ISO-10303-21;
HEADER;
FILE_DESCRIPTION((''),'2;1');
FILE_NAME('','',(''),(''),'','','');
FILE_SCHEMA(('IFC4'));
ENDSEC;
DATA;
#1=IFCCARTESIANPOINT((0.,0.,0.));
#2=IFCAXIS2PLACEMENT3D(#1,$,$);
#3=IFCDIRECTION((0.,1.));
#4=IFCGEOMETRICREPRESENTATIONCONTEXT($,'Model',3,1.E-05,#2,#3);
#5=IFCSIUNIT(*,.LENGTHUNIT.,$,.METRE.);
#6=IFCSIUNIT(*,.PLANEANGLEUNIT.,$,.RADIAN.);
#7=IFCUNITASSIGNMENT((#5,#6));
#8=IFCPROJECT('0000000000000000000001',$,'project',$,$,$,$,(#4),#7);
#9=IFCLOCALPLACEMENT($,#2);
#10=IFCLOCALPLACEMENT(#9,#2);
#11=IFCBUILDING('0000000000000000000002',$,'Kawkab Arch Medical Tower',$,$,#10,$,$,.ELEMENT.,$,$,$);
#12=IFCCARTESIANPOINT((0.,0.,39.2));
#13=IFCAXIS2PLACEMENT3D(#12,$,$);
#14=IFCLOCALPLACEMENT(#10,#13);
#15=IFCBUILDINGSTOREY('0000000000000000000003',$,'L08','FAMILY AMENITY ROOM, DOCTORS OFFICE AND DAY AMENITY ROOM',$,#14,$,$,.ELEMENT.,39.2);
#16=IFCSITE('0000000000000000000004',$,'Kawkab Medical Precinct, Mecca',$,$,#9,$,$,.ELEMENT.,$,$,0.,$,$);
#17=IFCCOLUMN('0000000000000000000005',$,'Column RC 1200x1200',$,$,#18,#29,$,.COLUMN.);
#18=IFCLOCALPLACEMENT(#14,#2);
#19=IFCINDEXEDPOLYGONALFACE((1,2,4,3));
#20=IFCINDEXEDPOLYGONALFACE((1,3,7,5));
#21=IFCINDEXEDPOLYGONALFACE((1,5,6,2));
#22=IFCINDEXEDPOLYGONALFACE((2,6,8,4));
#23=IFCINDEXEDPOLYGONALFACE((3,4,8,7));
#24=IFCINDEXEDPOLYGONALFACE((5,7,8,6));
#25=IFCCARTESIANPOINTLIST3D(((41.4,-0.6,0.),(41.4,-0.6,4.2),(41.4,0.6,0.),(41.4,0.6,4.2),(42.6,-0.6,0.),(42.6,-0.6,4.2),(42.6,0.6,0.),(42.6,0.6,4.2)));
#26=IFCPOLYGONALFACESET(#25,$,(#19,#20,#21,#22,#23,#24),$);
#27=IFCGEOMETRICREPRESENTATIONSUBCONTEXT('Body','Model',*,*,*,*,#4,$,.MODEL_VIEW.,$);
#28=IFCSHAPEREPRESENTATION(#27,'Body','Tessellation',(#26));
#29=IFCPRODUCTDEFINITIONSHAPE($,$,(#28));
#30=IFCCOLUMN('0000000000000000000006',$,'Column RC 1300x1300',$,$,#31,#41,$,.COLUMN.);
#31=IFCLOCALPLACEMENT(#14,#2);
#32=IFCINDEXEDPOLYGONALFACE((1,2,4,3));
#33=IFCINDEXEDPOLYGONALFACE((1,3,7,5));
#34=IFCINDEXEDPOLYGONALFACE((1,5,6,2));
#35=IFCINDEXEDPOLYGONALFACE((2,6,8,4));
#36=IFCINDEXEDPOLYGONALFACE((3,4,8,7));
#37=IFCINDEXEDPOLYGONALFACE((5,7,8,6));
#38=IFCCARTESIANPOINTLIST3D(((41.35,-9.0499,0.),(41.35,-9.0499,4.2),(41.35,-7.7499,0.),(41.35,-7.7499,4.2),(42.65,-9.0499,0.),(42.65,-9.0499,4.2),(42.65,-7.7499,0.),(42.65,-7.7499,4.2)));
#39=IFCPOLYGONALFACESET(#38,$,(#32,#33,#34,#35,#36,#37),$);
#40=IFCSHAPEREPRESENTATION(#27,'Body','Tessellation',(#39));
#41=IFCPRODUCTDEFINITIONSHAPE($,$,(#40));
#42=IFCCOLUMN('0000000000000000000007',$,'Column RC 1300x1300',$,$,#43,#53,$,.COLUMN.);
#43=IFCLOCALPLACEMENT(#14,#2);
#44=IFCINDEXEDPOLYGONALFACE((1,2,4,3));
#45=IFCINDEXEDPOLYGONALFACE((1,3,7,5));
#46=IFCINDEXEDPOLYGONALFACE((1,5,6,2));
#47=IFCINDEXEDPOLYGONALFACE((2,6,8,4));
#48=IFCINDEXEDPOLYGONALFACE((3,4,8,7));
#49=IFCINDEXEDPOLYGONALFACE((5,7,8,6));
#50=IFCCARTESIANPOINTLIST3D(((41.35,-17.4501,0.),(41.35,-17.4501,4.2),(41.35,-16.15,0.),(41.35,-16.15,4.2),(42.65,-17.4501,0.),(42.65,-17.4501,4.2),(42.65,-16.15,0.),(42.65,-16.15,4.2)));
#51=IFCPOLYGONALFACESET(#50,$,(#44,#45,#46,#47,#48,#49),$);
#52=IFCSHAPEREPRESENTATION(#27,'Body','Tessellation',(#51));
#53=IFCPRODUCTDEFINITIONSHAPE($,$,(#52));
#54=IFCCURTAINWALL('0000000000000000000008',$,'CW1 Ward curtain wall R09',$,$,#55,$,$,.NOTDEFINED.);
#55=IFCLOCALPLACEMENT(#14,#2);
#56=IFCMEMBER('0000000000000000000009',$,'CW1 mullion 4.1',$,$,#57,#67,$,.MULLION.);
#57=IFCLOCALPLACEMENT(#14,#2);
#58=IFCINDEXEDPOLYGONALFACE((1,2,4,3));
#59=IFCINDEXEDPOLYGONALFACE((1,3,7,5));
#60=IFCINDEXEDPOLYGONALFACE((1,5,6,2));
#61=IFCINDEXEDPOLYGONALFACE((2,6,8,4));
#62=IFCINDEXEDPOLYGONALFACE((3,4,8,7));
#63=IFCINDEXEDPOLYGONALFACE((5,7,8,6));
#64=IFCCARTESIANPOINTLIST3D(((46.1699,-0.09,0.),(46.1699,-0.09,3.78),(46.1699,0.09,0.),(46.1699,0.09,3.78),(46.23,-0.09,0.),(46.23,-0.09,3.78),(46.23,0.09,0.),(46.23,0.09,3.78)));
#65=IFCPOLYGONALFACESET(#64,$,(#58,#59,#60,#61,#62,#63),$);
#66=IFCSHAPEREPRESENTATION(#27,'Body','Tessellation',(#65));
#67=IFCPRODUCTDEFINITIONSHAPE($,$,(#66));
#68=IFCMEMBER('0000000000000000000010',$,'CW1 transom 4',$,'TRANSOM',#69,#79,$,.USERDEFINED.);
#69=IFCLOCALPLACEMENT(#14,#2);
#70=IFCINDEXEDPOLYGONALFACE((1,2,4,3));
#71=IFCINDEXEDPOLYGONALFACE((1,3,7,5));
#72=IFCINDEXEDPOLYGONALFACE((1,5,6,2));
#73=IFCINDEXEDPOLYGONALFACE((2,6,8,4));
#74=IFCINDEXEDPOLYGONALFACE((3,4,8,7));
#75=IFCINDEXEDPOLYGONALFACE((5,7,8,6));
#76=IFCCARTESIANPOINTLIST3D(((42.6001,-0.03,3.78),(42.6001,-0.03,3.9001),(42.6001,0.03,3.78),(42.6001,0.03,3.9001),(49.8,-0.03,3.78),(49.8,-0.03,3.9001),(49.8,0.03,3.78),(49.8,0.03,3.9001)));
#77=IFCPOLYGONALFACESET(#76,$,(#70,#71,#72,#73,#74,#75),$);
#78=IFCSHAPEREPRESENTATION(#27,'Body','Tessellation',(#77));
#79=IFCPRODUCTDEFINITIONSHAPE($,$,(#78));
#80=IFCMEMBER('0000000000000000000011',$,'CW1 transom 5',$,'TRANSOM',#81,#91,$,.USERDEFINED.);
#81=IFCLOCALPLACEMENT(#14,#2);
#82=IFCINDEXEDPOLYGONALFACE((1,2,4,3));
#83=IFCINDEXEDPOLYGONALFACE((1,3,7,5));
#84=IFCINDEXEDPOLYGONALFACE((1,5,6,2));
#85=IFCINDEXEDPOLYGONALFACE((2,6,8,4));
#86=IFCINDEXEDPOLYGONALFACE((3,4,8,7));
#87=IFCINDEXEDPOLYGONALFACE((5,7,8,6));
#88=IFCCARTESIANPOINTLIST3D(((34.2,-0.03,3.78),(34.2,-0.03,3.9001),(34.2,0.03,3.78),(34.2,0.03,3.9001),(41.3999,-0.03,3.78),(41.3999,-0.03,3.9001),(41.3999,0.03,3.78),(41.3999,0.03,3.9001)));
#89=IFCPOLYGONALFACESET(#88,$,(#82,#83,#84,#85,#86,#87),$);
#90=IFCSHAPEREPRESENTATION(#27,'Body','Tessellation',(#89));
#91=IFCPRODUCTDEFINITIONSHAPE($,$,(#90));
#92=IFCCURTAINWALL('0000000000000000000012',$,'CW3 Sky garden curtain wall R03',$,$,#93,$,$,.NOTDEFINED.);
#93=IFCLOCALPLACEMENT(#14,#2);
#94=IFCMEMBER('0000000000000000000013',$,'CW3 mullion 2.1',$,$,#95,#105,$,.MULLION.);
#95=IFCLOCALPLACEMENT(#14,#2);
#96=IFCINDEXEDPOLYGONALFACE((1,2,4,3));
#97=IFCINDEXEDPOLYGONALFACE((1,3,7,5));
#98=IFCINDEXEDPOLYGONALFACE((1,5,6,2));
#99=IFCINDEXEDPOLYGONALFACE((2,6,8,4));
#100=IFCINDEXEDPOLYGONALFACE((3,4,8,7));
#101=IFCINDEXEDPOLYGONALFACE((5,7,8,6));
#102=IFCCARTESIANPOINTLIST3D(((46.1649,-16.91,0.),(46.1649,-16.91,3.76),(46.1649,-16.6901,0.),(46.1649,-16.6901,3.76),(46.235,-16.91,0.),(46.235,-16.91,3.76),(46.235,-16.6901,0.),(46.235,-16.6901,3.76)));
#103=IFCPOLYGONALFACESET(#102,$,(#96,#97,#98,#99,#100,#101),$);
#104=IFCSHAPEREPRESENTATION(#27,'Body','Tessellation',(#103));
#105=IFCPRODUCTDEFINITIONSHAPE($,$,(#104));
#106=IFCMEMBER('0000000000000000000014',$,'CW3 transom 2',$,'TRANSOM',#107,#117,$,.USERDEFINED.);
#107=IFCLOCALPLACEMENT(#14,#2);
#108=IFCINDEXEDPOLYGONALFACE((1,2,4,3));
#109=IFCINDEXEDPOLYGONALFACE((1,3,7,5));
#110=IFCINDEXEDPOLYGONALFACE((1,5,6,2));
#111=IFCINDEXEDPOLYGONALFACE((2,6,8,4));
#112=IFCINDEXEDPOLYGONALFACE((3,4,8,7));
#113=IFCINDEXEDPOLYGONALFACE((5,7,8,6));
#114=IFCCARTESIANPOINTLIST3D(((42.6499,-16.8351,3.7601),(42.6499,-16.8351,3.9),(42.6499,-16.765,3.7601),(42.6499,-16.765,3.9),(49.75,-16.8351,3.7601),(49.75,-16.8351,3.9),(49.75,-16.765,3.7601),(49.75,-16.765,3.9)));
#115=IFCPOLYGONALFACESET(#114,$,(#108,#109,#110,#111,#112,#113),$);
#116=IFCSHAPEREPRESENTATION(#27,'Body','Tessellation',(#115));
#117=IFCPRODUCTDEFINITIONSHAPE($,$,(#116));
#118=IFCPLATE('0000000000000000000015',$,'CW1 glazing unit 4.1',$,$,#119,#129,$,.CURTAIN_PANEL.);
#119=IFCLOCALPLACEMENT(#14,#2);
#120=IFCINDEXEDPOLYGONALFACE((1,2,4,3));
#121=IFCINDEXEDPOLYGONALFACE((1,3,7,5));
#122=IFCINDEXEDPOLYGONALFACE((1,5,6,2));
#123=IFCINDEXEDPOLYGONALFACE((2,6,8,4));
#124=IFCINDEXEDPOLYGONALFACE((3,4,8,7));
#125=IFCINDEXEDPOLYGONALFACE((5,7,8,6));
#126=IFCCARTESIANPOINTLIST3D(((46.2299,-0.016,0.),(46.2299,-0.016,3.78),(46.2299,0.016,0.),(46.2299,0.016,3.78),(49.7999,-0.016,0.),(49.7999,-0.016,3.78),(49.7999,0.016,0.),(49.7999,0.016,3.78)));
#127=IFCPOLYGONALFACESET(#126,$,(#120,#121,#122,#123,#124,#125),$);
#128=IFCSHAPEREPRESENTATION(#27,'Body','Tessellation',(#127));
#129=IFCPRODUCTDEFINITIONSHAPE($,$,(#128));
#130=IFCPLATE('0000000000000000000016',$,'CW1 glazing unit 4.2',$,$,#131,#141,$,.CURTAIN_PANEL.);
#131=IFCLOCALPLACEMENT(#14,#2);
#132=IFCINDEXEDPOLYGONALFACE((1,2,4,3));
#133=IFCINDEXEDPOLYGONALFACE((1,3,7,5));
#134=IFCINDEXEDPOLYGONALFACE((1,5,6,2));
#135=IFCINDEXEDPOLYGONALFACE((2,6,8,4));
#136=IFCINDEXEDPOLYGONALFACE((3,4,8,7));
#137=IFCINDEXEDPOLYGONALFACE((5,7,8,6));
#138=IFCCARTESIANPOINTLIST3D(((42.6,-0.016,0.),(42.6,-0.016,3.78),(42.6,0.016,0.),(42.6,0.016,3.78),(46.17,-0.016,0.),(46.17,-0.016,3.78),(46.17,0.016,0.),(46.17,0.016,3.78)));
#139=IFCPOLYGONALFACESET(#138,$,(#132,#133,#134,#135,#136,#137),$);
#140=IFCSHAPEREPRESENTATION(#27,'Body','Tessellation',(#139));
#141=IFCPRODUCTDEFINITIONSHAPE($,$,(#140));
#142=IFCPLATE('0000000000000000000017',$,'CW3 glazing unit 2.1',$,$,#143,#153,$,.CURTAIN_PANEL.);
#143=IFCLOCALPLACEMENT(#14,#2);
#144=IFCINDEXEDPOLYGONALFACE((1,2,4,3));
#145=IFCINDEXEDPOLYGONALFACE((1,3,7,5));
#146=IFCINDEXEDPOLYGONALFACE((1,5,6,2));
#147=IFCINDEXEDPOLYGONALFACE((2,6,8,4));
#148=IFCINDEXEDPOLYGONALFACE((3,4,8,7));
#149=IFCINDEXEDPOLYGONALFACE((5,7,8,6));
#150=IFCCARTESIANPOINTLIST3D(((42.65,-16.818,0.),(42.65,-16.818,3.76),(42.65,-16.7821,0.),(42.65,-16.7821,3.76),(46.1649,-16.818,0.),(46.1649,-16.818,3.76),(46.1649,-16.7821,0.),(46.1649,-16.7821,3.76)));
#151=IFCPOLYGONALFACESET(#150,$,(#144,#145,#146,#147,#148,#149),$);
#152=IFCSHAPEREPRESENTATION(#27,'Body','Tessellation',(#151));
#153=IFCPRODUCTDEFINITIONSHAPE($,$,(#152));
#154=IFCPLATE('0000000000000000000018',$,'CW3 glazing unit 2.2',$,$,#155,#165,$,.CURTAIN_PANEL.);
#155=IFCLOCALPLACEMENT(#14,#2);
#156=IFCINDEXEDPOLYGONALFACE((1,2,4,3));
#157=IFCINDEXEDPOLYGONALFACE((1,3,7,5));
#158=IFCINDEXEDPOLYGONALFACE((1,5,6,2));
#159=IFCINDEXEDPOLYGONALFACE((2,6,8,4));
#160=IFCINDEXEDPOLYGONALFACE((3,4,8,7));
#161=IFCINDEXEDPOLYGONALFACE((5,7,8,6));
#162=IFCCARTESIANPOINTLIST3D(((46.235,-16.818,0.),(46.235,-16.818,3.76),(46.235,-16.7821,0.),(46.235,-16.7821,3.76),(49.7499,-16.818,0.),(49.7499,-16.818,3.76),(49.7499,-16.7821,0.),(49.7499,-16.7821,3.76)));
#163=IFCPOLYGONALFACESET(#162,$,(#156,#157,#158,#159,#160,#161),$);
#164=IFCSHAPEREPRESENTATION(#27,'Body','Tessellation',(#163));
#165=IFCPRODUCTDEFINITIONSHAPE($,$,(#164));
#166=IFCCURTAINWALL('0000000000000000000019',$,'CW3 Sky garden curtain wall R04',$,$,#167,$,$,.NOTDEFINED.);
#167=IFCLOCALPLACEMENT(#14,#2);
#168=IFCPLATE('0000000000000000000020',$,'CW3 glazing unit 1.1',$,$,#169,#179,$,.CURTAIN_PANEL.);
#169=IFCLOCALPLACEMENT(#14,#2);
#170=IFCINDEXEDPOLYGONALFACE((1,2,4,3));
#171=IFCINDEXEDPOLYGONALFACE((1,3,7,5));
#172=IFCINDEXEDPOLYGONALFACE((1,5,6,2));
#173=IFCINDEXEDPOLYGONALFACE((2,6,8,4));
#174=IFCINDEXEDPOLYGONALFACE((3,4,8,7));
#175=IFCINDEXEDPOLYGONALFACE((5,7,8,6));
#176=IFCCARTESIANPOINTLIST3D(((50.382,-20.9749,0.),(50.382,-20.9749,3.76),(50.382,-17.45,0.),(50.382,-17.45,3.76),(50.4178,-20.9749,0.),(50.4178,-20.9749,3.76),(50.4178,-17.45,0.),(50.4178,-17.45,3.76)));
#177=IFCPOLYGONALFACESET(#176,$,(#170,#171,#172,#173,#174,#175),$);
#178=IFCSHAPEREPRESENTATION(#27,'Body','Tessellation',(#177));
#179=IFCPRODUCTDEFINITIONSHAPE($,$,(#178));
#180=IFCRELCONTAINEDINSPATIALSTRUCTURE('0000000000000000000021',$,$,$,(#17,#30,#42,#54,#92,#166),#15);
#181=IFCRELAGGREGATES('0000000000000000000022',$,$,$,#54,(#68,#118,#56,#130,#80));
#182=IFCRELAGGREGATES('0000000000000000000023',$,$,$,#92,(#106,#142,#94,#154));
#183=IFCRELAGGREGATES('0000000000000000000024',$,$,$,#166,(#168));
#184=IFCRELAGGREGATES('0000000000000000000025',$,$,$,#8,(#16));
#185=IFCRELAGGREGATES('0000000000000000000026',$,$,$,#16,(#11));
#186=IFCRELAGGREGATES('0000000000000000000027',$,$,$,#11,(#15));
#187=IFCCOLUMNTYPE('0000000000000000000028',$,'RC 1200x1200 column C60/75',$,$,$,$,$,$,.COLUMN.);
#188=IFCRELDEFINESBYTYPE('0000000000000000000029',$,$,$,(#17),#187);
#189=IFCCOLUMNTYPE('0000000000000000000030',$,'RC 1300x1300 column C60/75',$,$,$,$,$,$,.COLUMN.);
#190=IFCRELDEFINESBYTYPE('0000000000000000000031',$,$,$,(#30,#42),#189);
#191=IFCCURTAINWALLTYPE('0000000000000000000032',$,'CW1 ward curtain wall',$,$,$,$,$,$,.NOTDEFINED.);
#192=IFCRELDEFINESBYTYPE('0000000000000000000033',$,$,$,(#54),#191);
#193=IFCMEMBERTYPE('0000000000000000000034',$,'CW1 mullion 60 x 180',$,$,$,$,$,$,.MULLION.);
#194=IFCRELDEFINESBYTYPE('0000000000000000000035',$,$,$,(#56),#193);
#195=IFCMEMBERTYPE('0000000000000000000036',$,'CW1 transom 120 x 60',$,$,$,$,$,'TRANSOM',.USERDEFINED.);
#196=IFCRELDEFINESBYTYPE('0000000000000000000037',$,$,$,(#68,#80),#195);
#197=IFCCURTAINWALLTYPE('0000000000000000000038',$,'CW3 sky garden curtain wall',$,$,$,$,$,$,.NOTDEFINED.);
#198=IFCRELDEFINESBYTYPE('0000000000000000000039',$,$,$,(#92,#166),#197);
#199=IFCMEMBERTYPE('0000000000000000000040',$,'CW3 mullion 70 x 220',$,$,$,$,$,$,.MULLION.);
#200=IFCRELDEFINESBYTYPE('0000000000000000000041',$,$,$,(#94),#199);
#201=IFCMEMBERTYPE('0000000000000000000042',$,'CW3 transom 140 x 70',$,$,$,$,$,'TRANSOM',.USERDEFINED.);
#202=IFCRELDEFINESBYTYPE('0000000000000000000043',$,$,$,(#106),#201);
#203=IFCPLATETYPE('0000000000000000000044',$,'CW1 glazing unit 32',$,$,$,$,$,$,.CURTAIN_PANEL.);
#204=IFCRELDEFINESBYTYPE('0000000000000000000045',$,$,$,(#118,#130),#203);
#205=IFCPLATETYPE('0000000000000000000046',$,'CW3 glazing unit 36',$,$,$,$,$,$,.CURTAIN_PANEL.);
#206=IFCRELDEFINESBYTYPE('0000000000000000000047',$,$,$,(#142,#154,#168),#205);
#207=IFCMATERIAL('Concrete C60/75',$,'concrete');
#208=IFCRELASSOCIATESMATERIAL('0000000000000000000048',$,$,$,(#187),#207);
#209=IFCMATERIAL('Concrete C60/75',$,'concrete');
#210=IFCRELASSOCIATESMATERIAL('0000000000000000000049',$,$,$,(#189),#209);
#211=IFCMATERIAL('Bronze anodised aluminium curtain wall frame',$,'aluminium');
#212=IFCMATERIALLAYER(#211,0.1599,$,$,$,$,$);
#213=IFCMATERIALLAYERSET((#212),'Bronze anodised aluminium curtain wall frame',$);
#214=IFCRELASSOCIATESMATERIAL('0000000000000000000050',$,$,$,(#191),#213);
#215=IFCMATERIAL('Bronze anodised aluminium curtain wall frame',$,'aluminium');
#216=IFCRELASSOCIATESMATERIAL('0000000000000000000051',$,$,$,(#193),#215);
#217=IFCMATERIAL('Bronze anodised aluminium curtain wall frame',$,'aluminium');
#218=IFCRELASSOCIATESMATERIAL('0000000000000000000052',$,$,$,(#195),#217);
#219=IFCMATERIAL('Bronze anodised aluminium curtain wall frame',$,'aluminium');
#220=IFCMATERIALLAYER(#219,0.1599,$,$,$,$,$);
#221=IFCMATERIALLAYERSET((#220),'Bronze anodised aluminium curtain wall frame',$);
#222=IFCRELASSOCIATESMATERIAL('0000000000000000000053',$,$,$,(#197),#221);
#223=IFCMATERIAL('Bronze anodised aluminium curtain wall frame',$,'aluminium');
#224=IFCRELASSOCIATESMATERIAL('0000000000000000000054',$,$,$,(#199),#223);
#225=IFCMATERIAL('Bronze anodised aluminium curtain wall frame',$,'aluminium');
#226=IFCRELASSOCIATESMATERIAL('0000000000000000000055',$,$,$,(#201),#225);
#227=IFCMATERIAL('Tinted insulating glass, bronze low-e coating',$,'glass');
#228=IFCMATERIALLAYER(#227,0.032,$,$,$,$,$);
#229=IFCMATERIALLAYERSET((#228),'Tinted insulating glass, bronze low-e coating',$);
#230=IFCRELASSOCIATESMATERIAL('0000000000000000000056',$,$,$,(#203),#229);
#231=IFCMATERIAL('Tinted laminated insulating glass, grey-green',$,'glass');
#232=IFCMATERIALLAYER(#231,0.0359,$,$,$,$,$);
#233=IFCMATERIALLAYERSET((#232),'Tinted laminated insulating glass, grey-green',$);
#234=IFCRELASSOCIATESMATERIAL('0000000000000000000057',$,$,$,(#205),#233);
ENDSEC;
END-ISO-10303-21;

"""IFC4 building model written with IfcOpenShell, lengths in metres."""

from ifc_helpers import new_model, si_unit, direction, frame, origin, origin_2d, place, context, subcontext, project, spatial, rectangle, extrude, material, layer, layer_set, material_profile, profile_set, type_object, element, aggregate, save


model = new_model("IFC4")

# Units and contexts
model_context = context("Model", 3, precision=1e-05, world=origin(), true_north=direction((0.0, 1.0)))
body_context = subcontext(model_context, "Body", "Model", "MODEL_VIEW")
ifc_project = project(units=[si_unit("LENGTHUNIT", "METRE"), si_unit("PLANEANGLEUNIT", "RADIAN")], contexts=[model_context])

# Site, building, storey
site_placement = place(None, origin())
site = spatial("IfcSite", under=ifc_project, at=site_placement, Name="Kawkab Medical Precinct, Mecca", CompositionType="ELEMENT", RefElevation=0.0)
building_placement = place(site_placement, origin())
building = spatial("IfcBuilding", under=site, at=building_placement, Name="Kawkab Arch Medical Tower", CompositionType="ELEMENT")
storey_placement = place(building_placement, frame((0.0, 0.0, 39.2)))
storey = spatial("IfcBuildingStorey", under=building, at=storey_placement, Name="L08", Description="FAMILY AMENITY ROOM, DOCTORS OFFICE AND DAY AMENITY ROOM", CompositionType="ELEMENT", Elevation=39.2)

# Columns
ifc_material_1 = material(Name="Concrete C60/75", Category="concrete")
ifc_material_profile_1 = material_profile(ifc_material_1, rectangle(XDim=1.2, YDim=1.2, at=origin_2d()), Name="RC 1200x1200")
ifc_profile_set_1 = profile_set([ifc_material_profile_1], Name="Concrete C60/75")
column_type_1 = type_object("IfcColumnType", Name="RC 1200x1200 column C60/75", PredefinedType="COLUMN", material=ifc_profile_set_1)
column_placement = place(storey_placement, frame((42.0, 0.0, 0.0), z_axis=(0.0, 0.0, 1.0), x_axis=(1.0, 0.0, 0.0)))
element("IfcColumn", 1, at=column_placement, inside=storey, type_object=column_type_1, Name="Column RC 1200x1200", PredefinedType="COLUMN", context=body_context, shape_type="SweptSolid", body=[
    extrude(rectangle(XDim=1.2, YDim=1.2, at=origin_2d()), origin(), (0.0, 0.0, 1.0), 4.2),
])
ifc_material_2 = material(Name="Concrete C60/75", Category="concrete")
ifc_material_profile_2 = material_profile(ifc_material_2, rectangle(XDim=1.3, YDim=1.3, at=origin_2d()), Name="RC 1300x1300")
ifc_profile_set_2 = profile_set([ifc_material_profile_2], Name="Concrete C60/75")
column_type_2 = type_object("IfcColumnType", Name="RC 1300x1300 column C60/75", PredefinedType="COLUMN", material=ifc_profile_set_2)
for number, where, z_axis, x_axis, name in (
    (2, (42.0, -8.3999, 0.0), (0.0, 0.0, 1.0), (1.0, 0.0, 0.0), "Column RC 1300x1300"),
    (3, (42.0, -16.8, 0.0), (0.0, 0.0, 1.0), (1.0, 0.0, 0.0), "Column RC 1300x1300"),
):
    element("IfcColumn", number, at=place(storey_placement, frame(where, z_axis=z_axis, x_axis=x_axis)), inside=storey, type_object=column_type_2, Name=name, PredefinedType="COLUMN", context=body_context, shape_type="SweptSolid", body=[
        extrude(rectangle(XDim=1.3, YDim=1.3, at=origin_2d()), origin(), (0.0, 0.0, 1.0), 4.2),
    ])

# Curtain walls, members
ifc_material_3 = material(Name="Bronze anodised aluminium curtain wall frame", Category="aluminium")
ifc_layer_1 = layer(ifc_material_3, 0.1599)
ifc_layer_set_1 = layer_set([ifc_layer_1], Name="Bronze anodised aluminium curtain wall frame")
curtain_wall_type_1 = type_object("IfcCurtainWallType", Name="CW1 ward curtain wall", PredefinedType="NOTDEFINED", material=ifc_layer_set_1)
placement = place(storey_placement, origin())
curtain_wall_1 = element("IfcCurtainWall", 4, at=placement, inside=storey, type_object=curtain_wall_type_1, Name="CW1 Ward curtain wall R09", PredefinedType="NOTDEFINED")
ifc_material_4 = material(Name="Bronze anodised aluminium curtain wall frame", Category="aluminium")
ifc_material_profile_3 = material_profile(ifc_material_4, rectangle(XDim=0.1799, YDim=0.0601, at=origin_2d()), Name="AL 60x180")
ifc_profile_set_3 = profile_set([ifc_material_profile_3], Name="Bronze anodised aluminium curtain wall frame")
member_type_1 = type_object("IfcMemberType", Name="CW1 mullion 60 x 180", PredefinedType="MULLION", material=ifc_profile_set_3)
member_1_placement = place(storey_placement, frame((46.2, 0.0, 0.0), z_axis=(0.0, 0.0, 1.0), x_axis=(0.0, -1.0, 0.0)))
member_1 = element("IfcMember", 5, at=member_1_placement, type_object=member_type_1, Name="CW1 mullion 4.1", PredefinedType="MULLION", context=body_context, shape_type="SweptSolid", body=[
    extrude(rectangle(XDim=0.1799, YDim=0.0601, at=origin_2d()), origin(), (0.0, 0.0, 1.0), 3.78),
])
ifc_material_5 = material(Name="Bronze anodised aluminium curtain wall frame", Category="aluminium")
ifc_material_profile_4 = material_profile(ifc_material_5, rectangle(XDim=0.0601, YDim=0.1201, at=origin_2d()), Name="AL 60x120")
ifc_profile_set_4 = profile_set([ifc_material_profile_4], Name="Bronze anodised aluminium curtain wall frame")
member_type_2 = type_object("IfcMemberType", Name="CW1 transom 120 x 60", ElementType="TRANSOM", PredefinedType="USERDEFINED", material=ifc_profile_set_4)
member_2_placement = place(storey_placement, frame((49.8, 0.0, 3.8401), z_axis=(-1.0, 0.0, 0.0), x_axis=(0.0, -1.0, 0.0)))
member_2 = element("IfcMember", 6, at=member_2_placement, type_object=member_type_2, Name="CW1 transom 4", ObjectType="TRANSOM", PredefinedType="USERDEFINED", context=body_context, shape_type="SweptSolid", body=[
    extrude(rectangle(XDim=0.0601, YDim=0.1201, at=origin_2d()), origin(), (0.0, 0.0, 1.0), 7.2),
])
member_3_placement = place(storey_placement, frame((41.3999, 0.0, 3.8401), z_axis=(-1.0, 0.0, 0.0), x_axis=(0.0, -1.0, 0.0)))
member_3 = element("IfcMember", 7, at=member_3_placement, type_object=member_type_2, Name="CW1 transom 5", ObjectType="TRANSOM", PredefinedType="USERDEFINED", context=body_context, shape_type="SweptSolid", body=[
    extrude(rectangle(XDim=0.0601, YDim=0.1201, at=origin_2d()), origin(), (0.0, 0.0, 1.0), 7.2),
])
ifc_material_6 = material(Name="Bronze anodised aluminium curtain wall frame", Category="aluminium")
ifc_layer_2 = layer(ifc_material_6, 0.1599)
ifc_layer_set_2 = layer_set([ifc_layer_2], Name="Bronze anodised aluminium curtain wall frame")
curtain_wall_type_2 = type_object("IfcCurtainWallType", Name="CW3 sky garden curtain wall", PredefinedType="NOTDEFINED", material=ifc_layer_set_2)
curtain_wall_2 = element("IfcCurtainWall", 8, at=placement, inside=storey, type_object=curtain_wall_type_2, Name="CW3 Sky garden curtain wall R03", PredefinedType="NOTDEFINED")
ifc_material_7 = material(Name="Bronze anodised aluminium curtain wall frame", Category="aluminium")
ifc_material_profile_5 = material_profile(ifc_material_7, rectangle(XDim=0.22, YDim=0.0701, at=origin_2d()), Name="AL 70x220")
ifc_profile_set_5 = profile_set([ifc_material_profile_5], Name="Bronze anodised aluminium curtain wall frame")
member_type_3 = type_object("IfcMemberType", Name="CW3 mullion 70 x 220", PredefinedType="MULLION", material=ifc_profile_set_5)
member_4_placement = place(storey_placement, frame((46.2, -16.8, 0.0), z_axis=(0.0, 0.0, 1.0), x_axis=(0.0, 1.0, 0.0)))
member_4 = element("IfcMember", 9, at=member_4_placement, type_object=member_type_3, Name="CW3 mullion 2.1", PredefinedType="MULLION", context=body_context, shape_type="SweptSolid", body=[
    extrude(rectangle(XDim=0.22, YDim=0.0701, at=origin_2d()), origin(), (0.0, 0.0, 1.0), 3.76),
])
ifc_material_8 = material(Name="Bronze anodised aluminium curtain wall frame", Category="aluminium")
ifc_material_profile_6 = material_profile(ifc_material_8, rectangle(XDim=0.0701, YDim=0.1399, at=origin_2d()), Name="AL 70x140")
ifc_profile_set_6 = profile_set([ifc_material_profile_6], Name="Bronze anodised aluminium curtain wall frame")
member_type_4 = type_object("IfcMemberType", Name="CW3 transom 140 x 70", ElementType="TRANSOM", PredefinedType="USERDEFINED", material=ifc_profile_set_6)
member_5_placement = place(storey_placement, frame((42.6499, -16.8, 3.8301), z_axis=(1.0, 0.0, 0.0), x_axis=(0.0, 1.0, 0.0)))
member_5 = element("IfcMember", 10, at=member_5_placement, type_object=member_type_4, Name="CW3 transom 2", ObjectType="TRANSOM", PredefinedType="USERDEFINED", context=body_context, shape_type="SweptSolid", body=[
    extrude(rectangle(XDim=0.0701, YDim=0.1399, at=origin_2d()), origin(), (0.0, 0.0, 1.0), 7.1001),
])

# Plates
ifc_material_9 = material(Name="Tinted insulating glass, bronze low-e coating", Category="glass")
ifc_layer_3 = layer(ifc_material_9, 0.032)
ifc_layer_set_3 = layer_set([ifc_layer_3], Name="Tinted insulating glass, bronze low-e coating")
plate_type_1 = type_object("IfcPlateType", Name="CW1 glazing unit 32", PredefinedType="CURTAIN_PANEL", material=ifc_layer_set_3)
plate_1_placement = place(storey_placement, frame((48.0149, 0.0, 0.0), z_axis=(0.0, 0.0, 1.0), x_axis=(-1.0, 0.0, 0.0)))
plate_1 = element("IfcPlate", 11, at=plate_1_placement, type_object=plate_type_1, Name="CW1 glazing unit 4.1", PredefinedType="CURTAIN_PANEL", context=body_context, shape_type="SweptSolid", body=[
    extrude(rectangle(XDim=3.5701, YDim=0.032, at=origin_2d()), origin(), (0.0, 0.0, 1.0), 3.78),
])
plate_2_placement = place(storey_placement, frame((44.385, 0.0, 0.0), z_axis=(0.0, 0.0, 1.0), x_axis=(-1.0, 0.0, 0.0)))
plate_2 = element("IfcPlate", 12, at=plate_2_placement, type_object=plate_type_1, Name="CW1 glazing unit 4.2", PredefinedType="CURTAIN_PANEL", context=body_context, shape_type="SweptSolid", body=[
    extrude(rectangle(XDim=3.5701, YDim=0.032, at=origin_2d()), origin(), (0.0, 0.0, 1.0), 3.78),
])
aggregate(curtain_wall_1, [member_2, plate_1, member_1, plate_2, member_3])
ifc_material_10 = material(Name="Tinted laminated insulating glass, grey-green", Category="glass")
ifc_layer_4 = layer(ifc_material_10, 0.0359)
ifc_layer_set_4 = layer_set([ifc_layer_4], Name="Tinted laminated insulating glass, grey-green")
plate_type_2 = type_object("IfcPlateType", Name="CW3 glazing unit 36", PredefinedType="CURTAIN_PANEL", material=ifc_layer_set_4)
plate_3_placement = place(storey_placement, frame((44.4075, -16.8, 0.0), z_axis=(0.0, 0.0, 1.0), x_axis=(1.0, 0.0, 0.0)))
plate_3 = element("IfcPlate", 13, at=plate_3_placement, type_object=plate_type_2, Name="CW3 glazing unit 2.1", PredefinedType="CURTAIN_PANEL", context=body_context, shape_type="SweptSolid", body=[
    extrude(rectangle(XDim=3.5149, YDim=0.0359, at=origin_2d()), origin(), (0.0, 0.0, 1.0), 3.76),
])
plate_4_placement = place(storey_placement, frame((47.9924, -16.8, 0.0), z_axis=(0.0, 0.0, 1.0), x_axis=(1.0, 0.0, 0.0)))
plate_4 = element("IfcPlate", 14, at=plate_4_placement, type_object=plate_type_2, Name="CW3 glazing unit 2.2", PredefinedType="CURTAIN_PANEL", context=body_context, shape_type="SweptSolid", body=[
    extrude(rectangle(XDim=3.5149, YDim=0.0359, at=origin_2d()), origin(), (0.0, 0.0, 1.0), 3.76),
])
aggregate(curtain_wall_2, [member_5, plate_3, member_4, plate_4])

# Curtain wall, plate
curtain_wall_3 = element("IfcCurtainWall", 15, at=placement, inside=storey, type_object=curtain_wall_type_2, Name="CW3 Sky garden curtain wall R04", PredefinedType="NOTDEFINED")
plate_5_placement = place(storey_placement, frame((50.3999, -19.2124, 0.0), z_axis=(0.0, 0.0, 1.0), x_axis=(0.0, -1.0, 0.0)))
plate_5 = element("IfcPlate", 16, at=plate_5_placement, type_object=plate_type_2, Name="CW3 glazing unit 1.1", PredefinedType="CURTAIN_PANEL", context=body_context, shape_type="SweptSolid", body=[
    extrude(rectangle(XDim=3.5249, YDim=0.0359, at=origin_2d()), origin(), (0.0, 0.0, 1.0), 3.76),
])
aggregate(curtain_wall_3, [plate_5])

save(model, "model.ifc")
